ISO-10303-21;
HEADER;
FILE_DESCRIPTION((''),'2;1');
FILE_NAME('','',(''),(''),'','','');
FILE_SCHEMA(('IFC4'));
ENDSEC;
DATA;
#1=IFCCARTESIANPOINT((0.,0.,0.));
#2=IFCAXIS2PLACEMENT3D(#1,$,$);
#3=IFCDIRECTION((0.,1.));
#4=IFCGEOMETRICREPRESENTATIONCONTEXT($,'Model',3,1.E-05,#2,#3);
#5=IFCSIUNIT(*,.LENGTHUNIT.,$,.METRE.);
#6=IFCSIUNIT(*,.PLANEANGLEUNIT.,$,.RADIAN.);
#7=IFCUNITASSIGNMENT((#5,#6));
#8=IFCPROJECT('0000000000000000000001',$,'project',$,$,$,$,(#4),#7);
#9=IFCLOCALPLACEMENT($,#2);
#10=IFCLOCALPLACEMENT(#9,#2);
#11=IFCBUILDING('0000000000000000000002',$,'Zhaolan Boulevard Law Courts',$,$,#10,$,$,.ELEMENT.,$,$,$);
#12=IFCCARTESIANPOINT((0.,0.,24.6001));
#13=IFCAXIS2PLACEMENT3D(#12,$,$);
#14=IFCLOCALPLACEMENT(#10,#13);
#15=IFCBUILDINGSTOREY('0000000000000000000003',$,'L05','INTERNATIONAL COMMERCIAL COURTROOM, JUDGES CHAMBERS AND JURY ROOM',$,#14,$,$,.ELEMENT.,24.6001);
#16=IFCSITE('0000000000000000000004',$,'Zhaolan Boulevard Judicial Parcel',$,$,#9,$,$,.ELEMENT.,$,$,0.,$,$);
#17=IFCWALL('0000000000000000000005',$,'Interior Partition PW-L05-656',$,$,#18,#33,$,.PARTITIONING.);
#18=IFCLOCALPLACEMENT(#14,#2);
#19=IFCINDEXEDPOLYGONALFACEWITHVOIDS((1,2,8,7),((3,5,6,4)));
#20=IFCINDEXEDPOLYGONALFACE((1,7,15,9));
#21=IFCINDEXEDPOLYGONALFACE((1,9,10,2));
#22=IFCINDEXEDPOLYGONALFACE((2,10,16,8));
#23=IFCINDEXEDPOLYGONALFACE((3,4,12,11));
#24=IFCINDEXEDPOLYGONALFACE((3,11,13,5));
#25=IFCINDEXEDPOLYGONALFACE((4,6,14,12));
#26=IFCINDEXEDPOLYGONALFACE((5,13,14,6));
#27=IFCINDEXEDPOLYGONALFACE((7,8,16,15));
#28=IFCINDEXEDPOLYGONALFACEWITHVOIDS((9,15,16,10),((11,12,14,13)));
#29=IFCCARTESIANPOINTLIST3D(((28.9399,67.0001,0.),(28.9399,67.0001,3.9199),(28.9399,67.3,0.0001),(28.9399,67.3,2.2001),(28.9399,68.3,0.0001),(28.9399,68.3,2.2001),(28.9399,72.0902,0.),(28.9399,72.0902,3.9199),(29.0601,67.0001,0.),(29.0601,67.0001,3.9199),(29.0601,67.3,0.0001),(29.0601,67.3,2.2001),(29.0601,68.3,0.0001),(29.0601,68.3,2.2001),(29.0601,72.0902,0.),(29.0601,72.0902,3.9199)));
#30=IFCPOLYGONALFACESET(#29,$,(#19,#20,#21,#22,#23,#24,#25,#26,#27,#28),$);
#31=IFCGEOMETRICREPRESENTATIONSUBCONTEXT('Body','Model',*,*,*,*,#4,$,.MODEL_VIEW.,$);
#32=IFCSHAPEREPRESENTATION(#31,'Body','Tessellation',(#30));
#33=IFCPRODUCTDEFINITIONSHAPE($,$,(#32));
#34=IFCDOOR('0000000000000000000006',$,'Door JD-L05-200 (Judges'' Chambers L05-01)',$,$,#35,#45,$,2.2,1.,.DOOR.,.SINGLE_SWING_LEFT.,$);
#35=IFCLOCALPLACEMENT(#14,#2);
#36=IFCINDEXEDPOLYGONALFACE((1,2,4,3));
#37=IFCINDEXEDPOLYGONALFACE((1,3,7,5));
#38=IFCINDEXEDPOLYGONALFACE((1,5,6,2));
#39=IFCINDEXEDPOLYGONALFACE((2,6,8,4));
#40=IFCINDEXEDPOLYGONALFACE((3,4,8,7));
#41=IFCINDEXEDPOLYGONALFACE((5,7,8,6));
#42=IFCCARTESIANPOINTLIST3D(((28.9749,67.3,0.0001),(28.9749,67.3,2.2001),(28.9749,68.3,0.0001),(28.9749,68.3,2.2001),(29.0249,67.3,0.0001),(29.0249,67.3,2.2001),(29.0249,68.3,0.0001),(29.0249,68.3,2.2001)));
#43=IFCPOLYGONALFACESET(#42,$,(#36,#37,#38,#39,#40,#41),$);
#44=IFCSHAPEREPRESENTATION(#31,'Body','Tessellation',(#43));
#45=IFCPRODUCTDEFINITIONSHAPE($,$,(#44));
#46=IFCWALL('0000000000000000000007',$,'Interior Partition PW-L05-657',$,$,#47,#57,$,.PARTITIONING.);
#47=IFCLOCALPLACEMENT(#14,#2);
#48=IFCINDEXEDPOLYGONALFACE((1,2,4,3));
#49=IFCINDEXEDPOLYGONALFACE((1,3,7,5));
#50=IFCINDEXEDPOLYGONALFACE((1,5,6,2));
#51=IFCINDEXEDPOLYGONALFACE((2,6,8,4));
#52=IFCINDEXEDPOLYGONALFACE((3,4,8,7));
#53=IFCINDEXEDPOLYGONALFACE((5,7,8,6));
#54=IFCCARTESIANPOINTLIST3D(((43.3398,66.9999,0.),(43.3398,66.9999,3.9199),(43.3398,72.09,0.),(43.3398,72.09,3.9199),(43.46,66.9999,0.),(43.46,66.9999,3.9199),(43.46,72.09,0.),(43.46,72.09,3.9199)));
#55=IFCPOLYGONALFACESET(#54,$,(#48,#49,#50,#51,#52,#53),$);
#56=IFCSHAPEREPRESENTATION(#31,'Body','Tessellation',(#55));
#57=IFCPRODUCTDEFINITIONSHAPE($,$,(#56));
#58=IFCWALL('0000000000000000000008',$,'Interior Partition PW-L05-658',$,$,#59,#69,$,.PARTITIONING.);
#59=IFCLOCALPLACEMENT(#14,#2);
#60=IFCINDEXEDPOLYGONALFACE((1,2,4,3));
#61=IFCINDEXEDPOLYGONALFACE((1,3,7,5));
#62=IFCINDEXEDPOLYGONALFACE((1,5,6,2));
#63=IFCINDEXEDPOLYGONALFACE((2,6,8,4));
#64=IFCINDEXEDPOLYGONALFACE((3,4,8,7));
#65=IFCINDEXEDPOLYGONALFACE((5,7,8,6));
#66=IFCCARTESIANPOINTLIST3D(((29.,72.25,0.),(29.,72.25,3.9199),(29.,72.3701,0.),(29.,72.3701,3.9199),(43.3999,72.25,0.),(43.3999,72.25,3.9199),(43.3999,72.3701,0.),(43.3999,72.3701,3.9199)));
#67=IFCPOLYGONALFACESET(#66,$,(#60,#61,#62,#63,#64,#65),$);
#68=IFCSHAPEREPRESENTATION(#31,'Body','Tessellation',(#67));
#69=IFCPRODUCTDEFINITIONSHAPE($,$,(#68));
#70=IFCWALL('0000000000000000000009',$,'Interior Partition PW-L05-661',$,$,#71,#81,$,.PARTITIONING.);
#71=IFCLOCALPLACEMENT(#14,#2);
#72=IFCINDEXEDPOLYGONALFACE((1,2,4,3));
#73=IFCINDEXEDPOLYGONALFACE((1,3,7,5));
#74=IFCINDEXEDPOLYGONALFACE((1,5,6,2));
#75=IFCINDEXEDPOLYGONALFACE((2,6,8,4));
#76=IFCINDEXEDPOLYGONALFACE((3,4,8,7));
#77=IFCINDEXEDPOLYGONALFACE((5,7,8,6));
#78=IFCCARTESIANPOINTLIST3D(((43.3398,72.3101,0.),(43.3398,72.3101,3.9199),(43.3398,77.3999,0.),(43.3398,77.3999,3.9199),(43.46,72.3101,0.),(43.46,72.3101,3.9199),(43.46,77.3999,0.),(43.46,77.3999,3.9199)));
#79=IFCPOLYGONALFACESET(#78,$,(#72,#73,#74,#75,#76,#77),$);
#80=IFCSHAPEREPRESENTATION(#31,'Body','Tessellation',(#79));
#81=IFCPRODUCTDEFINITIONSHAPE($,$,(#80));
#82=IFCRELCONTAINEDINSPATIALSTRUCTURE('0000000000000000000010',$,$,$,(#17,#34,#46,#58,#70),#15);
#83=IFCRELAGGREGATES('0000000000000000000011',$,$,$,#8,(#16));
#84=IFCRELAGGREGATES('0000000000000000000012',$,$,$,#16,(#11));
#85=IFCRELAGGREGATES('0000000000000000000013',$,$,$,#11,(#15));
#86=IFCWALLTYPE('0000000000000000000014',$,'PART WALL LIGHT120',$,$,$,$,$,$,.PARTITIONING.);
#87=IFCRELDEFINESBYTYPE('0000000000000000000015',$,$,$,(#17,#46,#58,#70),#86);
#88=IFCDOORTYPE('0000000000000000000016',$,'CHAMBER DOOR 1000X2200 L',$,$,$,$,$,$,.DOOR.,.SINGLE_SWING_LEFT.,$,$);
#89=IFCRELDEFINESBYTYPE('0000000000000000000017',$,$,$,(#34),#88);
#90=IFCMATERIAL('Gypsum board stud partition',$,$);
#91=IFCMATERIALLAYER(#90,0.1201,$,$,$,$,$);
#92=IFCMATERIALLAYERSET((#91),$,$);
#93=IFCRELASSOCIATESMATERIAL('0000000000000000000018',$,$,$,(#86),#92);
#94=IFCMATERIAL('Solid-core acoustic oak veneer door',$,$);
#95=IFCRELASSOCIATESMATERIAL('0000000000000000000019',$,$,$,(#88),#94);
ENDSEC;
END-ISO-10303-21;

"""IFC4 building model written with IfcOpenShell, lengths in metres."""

from ifc_helpers import new_model, si_unit, direction, frame, frame_2d, origin, place, context, subcontext, project, spatial, rectangle, extrude, material, layer, layer_set, type_object, element, fill, save


model = new_model("IFC4")

# Units and contexts
model_context = context("Model", 3, precision=1e-05, world=origin(), true_north=direction((0.0, 1.0)))
body_context = subcontext(model_context, "Body", "Model", "MODEL_VIEW")
ifc_project = project(units=[si_unit("LENGTHUNIT", "METRE"), si_unit("PLANEANGLEUNIT", "RADIAN")], contexts=[model_context])

# Site, building, storey
site_placement = place(None, origin())
site = spatial("IfcSite", under=ifc_project, at=site_placement, Name="Zhaolan Boulevard Judicial Parcel", CompositionType="ELEMENT", RefElevation=0.0)
building_placement = place(site_placement, origin())
building = spatial("IfcBuilding", under=site, at=building_placement, Name="Zhaolan Boulevard Law Courts", CompositionType="ELEMENT")
storey_placement = place(building_placement, frame((0.0, 0.0, 24.6001)))
storey = spatial("IfcBuildingStorey", under=building, at=storey_placement, Name="L05", Description="INTERNATIONAL COMMERCIAL COURTROOM, JUDGES CHAMBERS AND JURY ROOM", CompositionType="ELEMENT", Elevation=24.6001)

# Shared definitions
ifc_material_1 = material(Name="Gypsum board stud partition")
ifc_layer_1 = layer(ifc_material_1, 0.1201)
ifc_layer_set_1 = layer_set([ifc_layer_1])
wall_type_1 = type_object("IfcWallType", Name="PART WALL LIGHT120", PredefinedType="PARTITIONING", material=ifc_layer_set_1)

# Wall, opening, door
wall_1_placement = place(storey_placement, frame((29.0, 72.0901, 0.0), z_axis=(0.0, 0.0, 1.0), x_axis=(0.0, -1.0, 0.0)))
wall_1 = element("IfcWall", 1, at=wall_1_placement, inside=storey, type_object=wall_type_1, Name="Interior Partition PW-L05-656", PredefinedType="PARTITIONING", context=body_context, shape_type="SweptSolid", body=[
    extrude(rectangle(XDim=5.0901, YDim=0.1201, at=frame_2d((2.5449, 0.0))), origin(), (0.0, 0.0, 1.0), 3.9199),
])
opening_placement = place(wall_1_placement, frame((3.79, 0.0, 0.0)))
opening = element("IfcOpeningElement", 2, at=opening_placement, cuts=wall_1, PredefinedType="OPENING", context=body_context, shape_type="SweptSolid", body=[
    extrude(rectangle(XDim=1.0, YDim=2.2, at=frame_2d((0.5, 1.1001))), frame((0.0, 0.0701, 0.0), z_axis=(0.0, -1.0, 0.0), x_axis=(1.0, 0.0, 0.0)), (0.0, 0.0, 1.0), 0.1401),
])
ifc_material_2 = material(Name="Solid-core acoustic oak veneer door")
door_type = type_object("IfcDoorType", Name="CHAMBER DOOR 1000X2200 L", OperationType="SINGLE_SWING_LEFT", PredefinedType="DOOR", material=ifc_material_2)
door_placement = place(opening_placement, origin())
door = element("IfcDoor", 3, at=door_placement, inside=storey, type_object=door_type, Name="Door JD-L05-200 (Judges' Chambers L05-01)", OperationType="SINGLE_SWING_LEFT", OverallHeight=2.2, OverallWidth=1.0, PredefinedType="DOOR", context=body_context, shape_type="SweptSolid", body=[
    extrude(rectangle(XDim=1.0, YDim=2.2, at=frame_2d((0.5, 1.1001))), frame((0.0, 0.0249, 0.0), z_axis=(0.0, -1.0, 0.0), x_axis=(1.0, 0.0, 0.0)), (0.0, 0.0, 1.0), 0.05),
])
fill(opening, door)

# Walls
wall_2_placement = place(storey_placement, frame((43.3999, 67.0, 0.0), z_axis=(0.0, 0.0, 1.0), x_axis=(0.0, 1.0, 0.0)))
element("IfcWall", 4, at=wall_2_placement, inside=storey, type_object=wall_type_1, Name="Interior Partition PW-L05-657", PredefinedType="PARTITIONING", context=body_context, shape_type="SweptSolid", body=[
    extrude(rectangle(XDim=5.0901, YDim=0.1201, at=frame_2d((2.5449, 0.0))), origin(), (0.0, 0.0, 1.0), 3.9199),
])
wall_3_placement = place(storey_placement, frame((29.0, 72.3101, 0.0), z_axis=(0.0, 0.0, 1.0), x_axis=(1.0, 0.0, 0.0)))
element("IfcWall", 5, at=wall_3_placement, inside=storey, type_object=wall_type_1, Name="Interior Partition PW-L05-658", PredefinedType="PARTITIONING", context=body_context, shape_type="SweptSolid", body=[
    extrude(rectangle(XDim=14.3999, YDim=0.1201, at=frame_2d((7.2, 0.0))), origin(), (0.0, 0.0, 1.0), 3.9199),
])
wall_4_placement = place(storey_placement, frame((43.3999, 72.3101, 0.0), z_axis=(0.0, 0.0, 1.0), x_axis=(0.0, 1.0, 0.0)))
element("IfcWall", 6, at=wall_4_placement, inside=storey, type_object=wall_type_1, Name="Interior Partition PW-L05-661", PredefinedType="PARTITIONING", context=body_context, shape_type="SweptSolid", body=[
    extrude(rectangle(XDim=5.0898, YDim=0.1201, at=frame_2d((2.5449, 0.0))), origin(), (0.0, 0.0, 1.0), 3.9199),
])

save(model, "model.ifc")
